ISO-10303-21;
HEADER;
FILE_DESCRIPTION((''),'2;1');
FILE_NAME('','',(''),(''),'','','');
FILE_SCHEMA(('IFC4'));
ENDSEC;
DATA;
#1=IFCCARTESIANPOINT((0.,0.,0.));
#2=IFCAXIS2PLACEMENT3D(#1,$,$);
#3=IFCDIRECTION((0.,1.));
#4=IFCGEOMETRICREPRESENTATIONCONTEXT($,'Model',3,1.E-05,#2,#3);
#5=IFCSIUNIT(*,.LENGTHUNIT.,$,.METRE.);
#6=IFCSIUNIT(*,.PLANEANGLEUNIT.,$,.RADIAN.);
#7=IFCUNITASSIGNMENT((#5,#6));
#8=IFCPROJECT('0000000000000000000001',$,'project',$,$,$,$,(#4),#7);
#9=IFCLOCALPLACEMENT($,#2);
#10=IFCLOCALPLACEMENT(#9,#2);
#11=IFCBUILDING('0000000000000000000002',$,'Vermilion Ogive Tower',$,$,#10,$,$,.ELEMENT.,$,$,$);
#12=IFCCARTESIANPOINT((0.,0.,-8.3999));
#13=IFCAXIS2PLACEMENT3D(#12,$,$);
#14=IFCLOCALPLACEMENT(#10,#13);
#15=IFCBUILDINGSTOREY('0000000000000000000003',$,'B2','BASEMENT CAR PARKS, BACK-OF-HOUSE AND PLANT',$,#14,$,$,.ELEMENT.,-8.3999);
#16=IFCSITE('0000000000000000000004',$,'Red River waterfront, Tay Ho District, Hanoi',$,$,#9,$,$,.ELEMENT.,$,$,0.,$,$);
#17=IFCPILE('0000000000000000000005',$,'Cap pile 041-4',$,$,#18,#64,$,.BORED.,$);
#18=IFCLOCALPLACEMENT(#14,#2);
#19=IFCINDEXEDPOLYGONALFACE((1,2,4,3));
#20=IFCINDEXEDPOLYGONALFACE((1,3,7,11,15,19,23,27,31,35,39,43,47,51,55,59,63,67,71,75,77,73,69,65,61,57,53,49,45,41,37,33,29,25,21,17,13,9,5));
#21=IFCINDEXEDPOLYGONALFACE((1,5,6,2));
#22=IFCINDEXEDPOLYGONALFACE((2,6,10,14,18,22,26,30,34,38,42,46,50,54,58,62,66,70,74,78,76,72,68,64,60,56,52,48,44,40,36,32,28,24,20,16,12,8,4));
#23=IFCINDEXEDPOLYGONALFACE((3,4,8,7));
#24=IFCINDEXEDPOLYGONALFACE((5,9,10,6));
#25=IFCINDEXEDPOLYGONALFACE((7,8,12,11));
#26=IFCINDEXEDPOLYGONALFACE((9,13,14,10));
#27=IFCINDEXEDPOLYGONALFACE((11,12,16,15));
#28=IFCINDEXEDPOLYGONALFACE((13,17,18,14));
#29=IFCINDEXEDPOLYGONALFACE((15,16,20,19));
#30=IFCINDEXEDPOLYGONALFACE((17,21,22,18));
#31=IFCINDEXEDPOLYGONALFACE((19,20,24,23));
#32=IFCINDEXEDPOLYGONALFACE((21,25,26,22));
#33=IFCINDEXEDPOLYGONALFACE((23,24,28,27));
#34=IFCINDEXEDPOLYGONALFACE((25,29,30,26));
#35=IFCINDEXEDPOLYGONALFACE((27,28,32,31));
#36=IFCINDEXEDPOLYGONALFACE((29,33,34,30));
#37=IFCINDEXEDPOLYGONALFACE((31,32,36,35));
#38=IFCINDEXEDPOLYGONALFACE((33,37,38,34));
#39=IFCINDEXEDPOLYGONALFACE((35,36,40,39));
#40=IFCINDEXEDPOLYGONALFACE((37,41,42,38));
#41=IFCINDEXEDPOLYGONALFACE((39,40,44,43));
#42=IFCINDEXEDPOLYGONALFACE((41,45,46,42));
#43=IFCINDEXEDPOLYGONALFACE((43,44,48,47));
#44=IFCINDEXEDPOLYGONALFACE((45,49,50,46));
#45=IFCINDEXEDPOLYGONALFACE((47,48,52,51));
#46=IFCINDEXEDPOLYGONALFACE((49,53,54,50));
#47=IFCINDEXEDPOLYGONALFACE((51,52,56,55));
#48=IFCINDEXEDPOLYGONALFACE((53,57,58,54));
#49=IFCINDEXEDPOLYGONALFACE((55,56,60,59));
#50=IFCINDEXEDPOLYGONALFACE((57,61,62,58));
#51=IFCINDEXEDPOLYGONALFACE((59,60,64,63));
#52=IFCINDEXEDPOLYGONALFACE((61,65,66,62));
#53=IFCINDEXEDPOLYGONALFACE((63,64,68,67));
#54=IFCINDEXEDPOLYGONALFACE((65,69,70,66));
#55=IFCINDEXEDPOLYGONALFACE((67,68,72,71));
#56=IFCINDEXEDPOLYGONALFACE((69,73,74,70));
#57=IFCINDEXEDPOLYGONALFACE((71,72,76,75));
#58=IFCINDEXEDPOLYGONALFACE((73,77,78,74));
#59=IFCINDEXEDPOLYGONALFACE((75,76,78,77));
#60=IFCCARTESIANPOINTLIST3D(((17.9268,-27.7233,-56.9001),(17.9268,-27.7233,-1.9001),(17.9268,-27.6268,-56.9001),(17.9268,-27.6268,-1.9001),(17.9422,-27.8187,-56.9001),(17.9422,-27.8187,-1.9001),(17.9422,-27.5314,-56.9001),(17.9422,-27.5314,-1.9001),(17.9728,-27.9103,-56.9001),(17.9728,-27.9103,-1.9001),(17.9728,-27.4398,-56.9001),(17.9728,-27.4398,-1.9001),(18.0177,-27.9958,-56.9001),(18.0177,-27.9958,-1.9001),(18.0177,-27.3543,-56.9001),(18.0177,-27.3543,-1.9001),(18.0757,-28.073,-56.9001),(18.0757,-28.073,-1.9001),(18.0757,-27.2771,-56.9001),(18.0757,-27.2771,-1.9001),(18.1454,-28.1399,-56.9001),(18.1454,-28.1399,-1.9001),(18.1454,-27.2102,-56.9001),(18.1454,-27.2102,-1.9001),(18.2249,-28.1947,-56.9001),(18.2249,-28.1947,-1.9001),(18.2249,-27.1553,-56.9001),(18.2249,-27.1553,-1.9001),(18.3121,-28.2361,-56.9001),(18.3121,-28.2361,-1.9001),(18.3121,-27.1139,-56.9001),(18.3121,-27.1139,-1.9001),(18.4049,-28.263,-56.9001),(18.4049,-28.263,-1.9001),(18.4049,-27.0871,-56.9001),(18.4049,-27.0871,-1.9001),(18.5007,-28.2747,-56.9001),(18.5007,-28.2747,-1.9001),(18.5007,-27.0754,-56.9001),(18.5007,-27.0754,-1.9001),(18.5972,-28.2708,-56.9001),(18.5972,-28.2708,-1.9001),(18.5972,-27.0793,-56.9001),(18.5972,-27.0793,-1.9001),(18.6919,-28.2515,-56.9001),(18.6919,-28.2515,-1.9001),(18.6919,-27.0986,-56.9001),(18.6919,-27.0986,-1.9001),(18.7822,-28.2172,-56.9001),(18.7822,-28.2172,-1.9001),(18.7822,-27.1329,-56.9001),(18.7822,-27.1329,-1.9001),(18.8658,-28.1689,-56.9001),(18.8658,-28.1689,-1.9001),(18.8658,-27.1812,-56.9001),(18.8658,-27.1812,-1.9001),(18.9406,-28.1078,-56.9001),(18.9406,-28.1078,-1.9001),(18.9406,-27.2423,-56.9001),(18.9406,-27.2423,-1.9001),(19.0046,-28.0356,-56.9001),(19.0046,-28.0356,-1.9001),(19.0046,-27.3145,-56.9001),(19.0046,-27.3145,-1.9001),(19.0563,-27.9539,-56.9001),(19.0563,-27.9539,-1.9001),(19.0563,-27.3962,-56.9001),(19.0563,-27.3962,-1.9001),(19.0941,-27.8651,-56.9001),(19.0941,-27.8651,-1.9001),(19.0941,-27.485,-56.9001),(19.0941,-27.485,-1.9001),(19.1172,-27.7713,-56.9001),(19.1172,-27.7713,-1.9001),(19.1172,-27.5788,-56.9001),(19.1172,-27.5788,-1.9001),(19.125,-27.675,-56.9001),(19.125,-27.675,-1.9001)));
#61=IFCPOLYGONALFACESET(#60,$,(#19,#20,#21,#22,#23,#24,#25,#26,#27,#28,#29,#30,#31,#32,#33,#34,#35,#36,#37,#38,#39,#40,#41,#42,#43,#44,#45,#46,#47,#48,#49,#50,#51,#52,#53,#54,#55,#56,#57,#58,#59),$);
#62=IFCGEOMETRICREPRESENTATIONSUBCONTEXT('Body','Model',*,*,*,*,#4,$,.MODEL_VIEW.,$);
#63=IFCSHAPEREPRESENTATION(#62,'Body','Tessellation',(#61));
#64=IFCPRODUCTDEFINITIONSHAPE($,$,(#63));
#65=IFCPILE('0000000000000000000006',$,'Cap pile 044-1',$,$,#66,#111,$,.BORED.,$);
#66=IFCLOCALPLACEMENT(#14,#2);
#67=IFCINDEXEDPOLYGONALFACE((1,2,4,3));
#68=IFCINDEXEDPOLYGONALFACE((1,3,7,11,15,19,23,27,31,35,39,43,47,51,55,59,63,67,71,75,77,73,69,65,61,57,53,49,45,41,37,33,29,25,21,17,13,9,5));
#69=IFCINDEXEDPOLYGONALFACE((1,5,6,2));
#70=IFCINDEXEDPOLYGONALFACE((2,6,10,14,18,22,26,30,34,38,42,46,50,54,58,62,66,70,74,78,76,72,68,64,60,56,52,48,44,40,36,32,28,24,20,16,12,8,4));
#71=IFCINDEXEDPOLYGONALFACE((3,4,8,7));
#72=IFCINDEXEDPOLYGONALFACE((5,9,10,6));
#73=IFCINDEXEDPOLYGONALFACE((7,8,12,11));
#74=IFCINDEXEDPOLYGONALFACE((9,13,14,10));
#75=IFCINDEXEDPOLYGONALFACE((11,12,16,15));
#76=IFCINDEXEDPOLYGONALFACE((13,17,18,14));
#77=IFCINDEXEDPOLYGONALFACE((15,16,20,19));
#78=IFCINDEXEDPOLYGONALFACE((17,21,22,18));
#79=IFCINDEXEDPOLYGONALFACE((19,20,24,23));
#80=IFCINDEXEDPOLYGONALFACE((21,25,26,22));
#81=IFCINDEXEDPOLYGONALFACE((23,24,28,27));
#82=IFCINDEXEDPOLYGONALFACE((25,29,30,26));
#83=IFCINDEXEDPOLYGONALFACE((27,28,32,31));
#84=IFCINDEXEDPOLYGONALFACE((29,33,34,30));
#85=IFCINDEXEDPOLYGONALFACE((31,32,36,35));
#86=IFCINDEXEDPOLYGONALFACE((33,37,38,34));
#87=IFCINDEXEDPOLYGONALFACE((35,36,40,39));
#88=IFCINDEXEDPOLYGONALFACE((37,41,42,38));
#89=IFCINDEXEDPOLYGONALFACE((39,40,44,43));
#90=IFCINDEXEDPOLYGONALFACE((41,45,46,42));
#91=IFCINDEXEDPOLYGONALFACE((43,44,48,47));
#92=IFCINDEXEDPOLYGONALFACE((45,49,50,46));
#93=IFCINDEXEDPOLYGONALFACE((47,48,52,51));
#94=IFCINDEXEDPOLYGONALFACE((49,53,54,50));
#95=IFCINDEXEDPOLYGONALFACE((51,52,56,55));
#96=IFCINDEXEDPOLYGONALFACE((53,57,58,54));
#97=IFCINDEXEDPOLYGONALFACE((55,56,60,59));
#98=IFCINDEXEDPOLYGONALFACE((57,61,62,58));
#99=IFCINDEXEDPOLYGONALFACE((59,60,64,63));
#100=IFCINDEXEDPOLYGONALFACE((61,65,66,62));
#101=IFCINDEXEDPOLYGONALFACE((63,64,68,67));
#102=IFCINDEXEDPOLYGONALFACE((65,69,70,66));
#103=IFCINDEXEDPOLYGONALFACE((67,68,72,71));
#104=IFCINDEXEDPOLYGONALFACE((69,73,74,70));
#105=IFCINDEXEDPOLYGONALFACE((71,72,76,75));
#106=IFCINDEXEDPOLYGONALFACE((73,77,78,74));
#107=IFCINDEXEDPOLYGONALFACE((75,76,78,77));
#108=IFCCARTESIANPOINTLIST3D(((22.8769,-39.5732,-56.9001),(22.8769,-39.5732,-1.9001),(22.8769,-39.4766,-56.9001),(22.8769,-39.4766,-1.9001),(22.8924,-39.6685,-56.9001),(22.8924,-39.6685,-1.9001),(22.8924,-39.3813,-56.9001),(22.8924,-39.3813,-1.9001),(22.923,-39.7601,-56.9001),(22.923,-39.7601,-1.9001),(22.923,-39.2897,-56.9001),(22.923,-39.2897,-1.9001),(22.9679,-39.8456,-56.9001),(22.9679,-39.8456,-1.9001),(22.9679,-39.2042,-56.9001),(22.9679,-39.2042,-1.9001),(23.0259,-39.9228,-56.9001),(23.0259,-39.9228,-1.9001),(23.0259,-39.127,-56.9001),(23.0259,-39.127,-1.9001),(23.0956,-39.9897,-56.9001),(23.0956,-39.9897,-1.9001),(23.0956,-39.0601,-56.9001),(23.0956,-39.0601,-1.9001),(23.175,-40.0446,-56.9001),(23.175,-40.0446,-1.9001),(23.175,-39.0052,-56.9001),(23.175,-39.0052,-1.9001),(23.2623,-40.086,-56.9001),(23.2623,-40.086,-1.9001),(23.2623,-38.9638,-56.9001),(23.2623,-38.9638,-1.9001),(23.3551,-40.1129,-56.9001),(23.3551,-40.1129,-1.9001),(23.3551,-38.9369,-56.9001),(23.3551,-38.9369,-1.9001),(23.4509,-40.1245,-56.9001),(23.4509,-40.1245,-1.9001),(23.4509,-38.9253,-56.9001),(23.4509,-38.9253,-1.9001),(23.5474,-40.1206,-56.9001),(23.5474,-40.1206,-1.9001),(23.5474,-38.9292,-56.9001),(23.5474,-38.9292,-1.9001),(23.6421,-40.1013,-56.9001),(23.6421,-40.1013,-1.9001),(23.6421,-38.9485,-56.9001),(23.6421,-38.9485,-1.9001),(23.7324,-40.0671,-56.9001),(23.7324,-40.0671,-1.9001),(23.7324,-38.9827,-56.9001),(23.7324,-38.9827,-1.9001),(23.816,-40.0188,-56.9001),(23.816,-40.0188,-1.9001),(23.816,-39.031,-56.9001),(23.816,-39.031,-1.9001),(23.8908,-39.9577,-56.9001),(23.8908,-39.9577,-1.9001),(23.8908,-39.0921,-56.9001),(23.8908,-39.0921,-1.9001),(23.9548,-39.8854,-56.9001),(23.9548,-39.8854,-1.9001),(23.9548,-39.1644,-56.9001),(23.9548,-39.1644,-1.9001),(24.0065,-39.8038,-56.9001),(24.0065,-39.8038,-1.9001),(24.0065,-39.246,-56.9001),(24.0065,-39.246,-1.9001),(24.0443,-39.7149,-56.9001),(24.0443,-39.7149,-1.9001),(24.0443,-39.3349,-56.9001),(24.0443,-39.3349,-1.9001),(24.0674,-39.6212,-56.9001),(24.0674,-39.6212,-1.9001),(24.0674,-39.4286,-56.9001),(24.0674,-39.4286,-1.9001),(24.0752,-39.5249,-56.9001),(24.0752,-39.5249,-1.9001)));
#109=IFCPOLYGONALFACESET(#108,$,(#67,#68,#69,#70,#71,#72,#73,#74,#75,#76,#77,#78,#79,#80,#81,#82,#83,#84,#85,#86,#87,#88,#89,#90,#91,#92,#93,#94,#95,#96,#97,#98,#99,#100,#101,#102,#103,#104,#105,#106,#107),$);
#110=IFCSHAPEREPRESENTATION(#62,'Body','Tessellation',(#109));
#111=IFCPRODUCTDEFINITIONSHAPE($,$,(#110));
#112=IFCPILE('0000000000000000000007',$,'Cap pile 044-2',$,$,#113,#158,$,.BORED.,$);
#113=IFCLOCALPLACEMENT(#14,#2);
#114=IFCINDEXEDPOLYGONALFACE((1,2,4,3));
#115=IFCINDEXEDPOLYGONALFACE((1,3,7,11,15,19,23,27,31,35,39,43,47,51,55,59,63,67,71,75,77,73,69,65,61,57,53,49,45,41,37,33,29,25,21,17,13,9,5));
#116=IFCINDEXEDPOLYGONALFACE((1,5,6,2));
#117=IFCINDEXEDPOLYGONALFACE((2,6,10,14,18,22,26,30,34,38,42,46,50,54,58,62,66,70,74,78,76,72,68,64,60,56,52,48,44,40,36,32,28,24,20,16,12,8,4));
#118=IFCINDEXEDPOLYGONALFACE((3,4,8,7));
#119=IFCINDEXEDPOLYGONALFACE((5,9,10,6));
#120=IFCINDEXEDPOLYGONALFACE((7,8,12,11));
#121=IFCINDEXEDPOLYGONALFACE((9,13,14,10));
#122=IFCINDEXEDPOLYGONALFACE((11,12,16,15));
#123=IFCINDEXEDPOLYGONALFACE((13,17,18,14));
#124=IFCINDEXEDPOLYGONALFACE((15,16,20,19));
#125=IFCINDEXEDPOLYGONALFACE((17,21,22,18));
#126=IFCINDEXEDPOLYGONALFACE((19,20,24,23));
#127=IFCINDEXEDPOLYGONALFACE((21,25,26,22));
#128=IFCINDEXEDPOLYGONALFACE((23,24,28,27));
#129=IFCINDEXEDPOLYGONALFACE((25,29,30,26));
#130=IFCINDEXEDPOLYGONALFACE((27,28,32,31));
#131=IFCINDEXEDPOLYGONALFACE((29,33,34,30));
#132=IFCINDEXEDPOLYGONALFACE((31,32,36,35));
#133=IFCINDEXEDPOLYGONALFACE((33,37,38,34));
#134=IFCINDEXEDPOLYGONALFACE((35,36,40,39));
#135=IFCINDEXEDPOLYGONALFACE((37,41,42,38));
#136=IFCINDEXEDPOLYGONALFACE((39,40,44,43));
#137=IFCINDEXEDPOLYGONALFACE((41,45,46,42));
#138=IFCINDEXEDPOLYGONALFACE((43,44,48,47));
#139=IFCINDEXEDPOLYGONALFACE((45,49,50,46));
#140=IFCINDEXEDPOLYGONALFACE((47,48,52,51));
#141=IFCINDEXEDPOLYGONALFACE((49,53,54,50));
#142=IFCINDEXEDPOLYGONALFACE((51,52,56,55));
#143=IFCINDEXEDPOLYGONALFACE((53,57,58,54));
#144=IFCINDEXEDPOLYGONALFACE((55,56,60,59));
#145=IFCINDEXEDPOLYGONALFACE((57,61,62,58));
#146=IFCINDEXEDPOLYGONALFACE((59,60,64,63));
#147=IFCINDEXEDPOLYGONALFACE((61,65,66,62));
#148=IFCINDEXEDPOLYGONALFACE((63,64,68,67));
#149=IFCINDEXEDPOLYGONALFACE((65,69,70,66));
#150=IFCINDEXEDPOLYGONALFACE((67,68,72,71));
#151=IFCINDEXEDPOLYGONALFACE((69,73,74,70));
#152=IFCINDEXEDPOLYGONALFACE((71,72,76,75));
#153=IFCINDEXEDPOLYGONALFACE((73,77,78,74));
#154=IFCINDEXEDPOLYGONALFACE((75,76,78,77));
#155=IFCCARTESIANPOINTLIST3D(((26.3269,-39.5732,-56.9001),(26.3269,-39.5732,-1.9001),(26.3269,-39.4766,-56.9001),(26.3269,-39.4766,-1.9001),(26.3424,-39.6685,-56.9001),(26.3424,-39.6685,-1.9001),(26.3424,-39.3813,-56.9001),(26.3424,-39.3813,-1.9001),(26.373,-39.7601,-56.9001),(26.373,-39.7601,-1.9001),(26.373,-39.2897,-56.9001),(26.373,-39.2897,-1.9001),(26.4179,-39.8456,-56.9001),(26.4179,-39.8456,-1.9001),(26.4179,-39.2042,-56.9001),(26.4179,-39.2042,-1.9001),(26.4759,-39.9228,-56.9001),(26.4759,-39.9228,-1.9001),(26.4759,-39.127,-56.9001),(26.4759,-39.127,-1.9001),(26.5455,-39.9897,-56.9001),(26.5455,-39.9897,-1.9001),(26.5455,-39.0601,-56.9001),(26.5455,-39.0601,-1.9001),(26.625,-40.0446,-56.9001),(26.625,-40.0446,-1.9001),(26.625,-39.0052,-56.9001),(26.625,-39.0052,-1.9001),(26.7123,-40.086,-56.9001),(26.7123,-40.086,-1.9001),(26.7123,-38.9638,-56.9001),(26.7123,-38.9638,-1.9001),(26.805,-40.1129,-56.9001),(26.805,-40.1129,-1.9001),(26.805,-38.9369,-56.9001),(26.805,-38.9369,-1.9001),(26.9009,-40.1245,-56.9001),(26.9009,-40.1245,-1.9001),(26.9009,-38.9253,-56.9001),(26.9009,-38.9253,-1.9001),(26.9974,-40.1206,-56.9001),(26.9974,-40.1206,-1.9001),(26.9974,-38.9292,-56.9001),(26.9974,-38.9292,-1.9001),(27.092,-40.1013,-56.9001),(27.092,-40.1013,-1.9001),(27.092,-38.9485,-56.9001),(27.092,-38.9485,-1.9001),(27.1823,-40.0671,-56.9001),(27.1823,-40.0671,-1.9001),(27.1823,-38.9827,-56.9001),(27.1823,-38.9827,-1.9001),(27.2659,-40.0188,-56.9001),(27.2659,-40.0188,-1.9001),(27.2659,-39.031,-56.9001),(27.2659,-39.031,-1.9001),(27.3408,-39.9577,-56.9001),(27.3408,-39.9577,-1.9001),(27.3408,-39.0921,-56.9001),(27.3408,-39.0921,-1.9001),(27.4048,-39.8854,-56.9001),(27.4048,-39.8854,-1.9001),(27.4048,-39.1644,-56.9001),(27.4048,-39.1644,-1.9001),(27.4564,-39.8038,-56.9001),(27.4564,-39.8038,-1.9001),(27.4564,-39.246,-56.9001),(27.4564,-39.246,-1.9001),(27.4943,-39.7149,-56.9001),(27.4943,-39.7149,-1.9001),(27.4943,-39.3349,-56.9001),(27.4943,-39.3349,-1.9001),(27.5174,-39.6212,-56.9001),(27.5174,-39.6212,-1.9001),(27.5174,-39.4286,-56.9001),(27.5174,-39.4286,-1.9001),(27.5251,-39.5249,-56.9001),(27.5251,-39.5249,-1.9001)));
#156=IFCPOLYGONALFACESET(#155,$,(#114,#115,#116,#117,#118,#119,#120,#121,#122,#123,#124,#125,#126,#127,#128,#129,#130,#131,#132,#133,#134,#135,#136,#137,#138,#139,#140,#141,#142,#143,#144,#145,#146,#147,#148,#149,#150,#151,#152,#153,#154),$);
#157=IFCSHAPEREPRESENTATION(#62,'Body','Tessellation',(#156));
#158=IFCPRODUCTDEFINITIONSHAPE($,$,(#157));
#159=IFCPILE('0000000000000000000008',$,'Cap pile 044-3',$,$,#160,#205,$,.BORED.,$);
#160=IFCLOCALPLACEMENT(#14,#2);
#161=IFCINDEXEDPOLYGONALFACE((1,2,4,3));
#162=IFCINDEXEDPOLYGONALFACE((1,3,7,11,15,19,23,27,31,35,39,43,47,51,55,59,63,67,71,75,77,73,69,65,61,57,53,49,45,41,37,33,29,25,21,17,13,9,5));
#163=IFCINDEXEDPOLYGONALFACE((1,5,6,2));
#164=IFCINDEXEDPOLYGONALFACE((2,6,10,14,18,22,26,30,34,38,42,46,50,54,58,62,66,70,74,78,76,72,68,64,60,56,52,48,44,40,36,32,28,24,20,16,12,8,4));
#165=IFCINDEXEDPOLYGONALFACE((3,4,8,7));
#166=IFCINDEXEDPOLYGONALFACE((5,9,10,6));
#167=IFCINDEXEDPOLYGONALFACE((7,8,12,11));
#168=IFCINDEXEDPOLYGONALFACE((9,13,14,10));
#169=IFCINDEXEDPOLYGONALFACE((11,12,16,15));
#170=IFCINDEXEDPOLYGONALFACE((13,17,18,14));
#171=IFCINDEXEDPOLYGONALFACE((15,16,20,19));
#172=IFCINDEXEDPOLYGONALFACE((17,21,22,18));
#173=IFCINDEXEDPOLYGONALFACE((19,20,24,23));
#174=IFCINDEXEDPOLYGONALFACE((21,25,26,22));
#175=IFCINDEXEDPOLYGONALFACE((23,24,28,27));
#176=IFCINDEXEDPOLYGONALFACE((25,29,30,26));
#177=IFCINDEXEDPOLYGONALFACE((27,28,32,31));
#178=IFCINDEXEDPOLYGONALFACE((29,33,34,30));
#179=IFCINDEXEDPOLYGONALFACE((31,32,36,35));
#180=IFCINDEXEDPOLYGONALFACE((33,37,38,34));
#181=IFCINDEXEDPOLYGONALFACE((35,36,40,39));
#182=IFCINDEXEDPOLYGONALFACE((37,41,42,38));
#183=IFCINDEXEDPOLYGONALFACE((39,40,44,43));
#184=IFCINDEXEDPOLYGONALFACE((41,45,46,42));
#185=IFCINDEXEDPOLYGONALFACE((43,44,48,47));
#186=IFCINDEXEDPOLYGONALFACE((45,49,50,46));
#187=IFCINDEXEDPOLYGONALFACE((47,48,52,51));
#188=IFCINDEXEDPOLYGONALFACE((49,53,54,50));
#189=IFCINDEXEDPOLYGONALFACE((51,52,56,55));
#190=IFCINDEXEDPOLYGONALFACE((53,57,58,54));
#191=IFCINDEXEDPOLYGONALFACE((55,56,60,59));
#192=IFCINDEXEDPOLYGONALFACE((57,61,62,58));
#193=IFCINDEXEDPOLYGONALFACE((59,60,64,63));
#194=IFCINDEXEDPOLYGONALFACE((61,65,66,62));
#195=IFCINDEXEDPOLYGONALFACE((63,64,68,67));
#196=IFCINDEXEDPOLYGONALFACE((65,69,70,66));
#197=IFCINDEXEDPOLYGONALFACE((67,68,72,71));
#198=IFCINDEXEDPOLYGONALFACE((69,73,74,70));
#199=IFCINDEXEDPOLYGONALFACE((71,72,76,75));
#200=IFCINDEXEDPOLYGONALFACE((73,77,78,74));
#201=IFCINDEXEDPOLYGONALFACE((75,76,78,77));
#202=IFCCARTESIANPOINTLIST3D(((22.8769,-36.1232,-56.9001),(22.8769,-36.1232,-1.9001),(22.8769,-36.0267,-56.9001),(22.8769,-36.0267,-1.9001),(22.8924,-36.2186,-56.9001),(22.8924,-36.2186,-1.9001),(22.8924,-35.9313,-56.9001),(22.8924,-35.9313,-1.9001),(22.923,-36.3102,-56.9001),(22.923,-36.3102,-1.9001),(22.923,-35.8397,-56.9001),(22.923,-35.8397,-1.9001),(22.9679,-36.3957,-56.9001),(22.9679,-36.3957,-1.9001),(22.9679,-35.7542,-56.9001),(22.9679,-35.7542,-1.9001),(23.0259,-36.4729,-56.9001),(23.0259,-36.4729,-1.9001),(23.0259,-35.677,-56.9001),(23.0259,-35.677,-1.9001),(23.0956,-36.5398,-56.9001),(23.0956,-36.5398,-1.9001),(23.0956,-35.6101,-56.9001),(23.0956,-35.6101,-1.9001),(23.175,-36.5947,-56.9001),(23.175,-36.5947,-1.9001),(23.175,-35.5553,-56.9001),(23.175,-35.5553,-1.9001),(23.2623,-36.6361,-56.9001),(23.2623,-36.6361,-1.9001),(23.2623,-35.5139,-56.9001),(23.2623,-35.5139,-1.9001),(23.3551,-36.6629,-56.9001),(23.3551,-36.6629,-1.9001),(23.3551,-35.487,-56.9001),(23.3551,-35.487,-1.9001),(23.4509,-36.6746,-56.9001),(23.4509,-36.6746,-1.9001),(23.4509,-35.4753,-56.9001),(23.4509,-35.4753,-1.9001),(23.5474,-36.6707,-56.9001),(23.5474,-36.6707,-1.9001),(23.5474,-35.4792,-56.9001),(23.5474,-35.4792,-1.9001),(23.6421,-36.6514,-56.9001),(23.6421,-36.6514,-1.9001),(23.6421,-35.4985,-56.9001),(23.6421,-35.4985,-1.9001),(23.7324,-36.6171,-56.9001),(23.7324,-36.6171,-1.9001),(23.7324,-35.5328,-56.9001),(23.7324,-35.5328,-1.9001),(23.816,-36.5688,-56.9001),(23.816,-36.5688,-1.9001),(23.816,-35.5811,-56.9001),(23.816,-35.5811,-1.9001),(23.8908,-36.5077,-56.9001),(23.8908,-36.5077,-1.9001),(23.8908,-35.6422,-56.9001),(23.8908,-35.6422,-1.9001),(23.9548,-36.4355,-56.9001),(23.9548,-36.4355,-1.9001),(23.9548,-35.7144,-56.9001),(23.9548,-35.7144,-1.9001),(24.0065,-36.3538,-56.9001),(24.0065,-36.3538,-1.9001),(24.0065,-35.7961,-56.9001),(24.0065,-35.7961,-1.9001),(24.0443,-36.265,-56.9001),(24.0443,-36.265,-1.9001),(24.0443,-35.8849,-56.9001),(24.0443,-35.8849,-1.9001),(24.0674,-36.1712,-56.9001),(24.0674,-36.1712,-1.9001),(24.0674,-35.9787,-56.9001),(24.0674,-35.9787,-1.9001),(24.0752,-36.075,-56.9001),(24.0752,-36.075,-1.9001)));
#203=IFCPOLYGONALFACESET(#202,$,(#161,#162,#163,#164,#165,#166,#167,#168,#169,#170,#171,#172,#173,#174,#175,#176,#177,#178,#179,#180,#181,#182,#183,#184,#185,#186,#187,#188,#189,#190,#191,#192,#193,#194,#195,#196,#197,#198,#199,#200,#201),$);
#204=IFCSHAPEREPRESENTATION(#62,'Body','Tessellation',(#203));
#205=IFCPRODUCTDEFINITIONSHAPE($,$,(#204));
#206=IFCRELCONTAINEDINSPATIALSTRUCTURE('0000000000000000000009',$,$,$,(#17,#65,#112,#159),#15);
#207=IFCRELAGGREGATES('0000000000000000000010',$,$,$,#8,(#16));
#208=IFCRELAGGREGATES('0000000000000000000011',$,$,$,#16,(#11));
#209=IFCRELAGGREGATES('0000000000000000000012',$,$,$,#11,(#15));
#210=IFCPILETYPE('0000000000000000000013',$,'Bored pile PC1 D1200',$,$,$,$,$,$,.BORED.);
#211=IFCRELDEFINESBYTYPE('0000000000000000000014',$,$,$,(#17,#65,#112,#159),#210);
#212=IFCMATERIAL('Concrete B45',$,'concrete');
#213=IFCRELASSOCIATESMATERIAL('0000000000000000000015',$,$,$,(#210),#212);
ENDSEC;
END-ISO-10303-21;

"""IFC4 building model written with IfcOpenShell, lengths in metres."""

from ifc_helpers import new_model, si_unit, direction, frame, origin, origin_2d, place, context, subcontext, project, spatial, circle, extrude, material, type_object, element, save


model = new_model("IFC4")

# Units and contexts
model_context = context("Model", 3, precision=1e-05, world=origin(), true_north=direction((0.0, 1.0)))
body_context = subcontext(model_context, "Body", "Model", "MODEL_VIEW")
ifc_project = project(units=[si_unit("LENGTHUNIT", "METRE"), si_unit("PLANEANGLEUNIT", "RADIAN")], contexts=[model_context])

# Site, building, storey
site_placement = place(None, origin())
site = spatial("IfcSite", under=ifc_project, at=site_placement, Name="Red River waterfront, Tay Ho District, Hanoi", CompositionType="ELEMENT", RefElevation=0.0)
building_placement = place(site_placement, origin())
building = spatial("IfcBuilding", under=site, at=building_placement, Name="Vermilion Ogive Tower", CompositionType="ELEMENT")
storey_placement = place(building_placement, frame((0.0, 0.0, -8.3999)))
storey = spatial("IfcBuildingStorey", under=building, at=storey_placement, Name="B2", Description="BASEMENT CAR PARKS, BACK-OF-HOUSE AND PLANT", CompositionType="ELEMENT", Elevation=-8.3999)

# Piles
ifc_material_1 = material(Name="Concrete B45", Category="concrete")
pile_type_1 = type_object("IfcPileType", Name="Bored pile PC1 D1200", PredefinedType="BORED", material=ifc_material_1)
for number, where, z_axis, x_axis, name in (
    (1, (18.5249, -27.675, -1.9001), (0.0, 0.0, -1.0), (1.0, 0.0, 0.0), "Cap pile 041-4"),
    (2, (23.4751, -39.5249, -1.9001), (0.0, 0.0, -1.0), (1.0, 0.0, 0.0), "Cap pile 044-1"),
    (3, (26.925, -39.5249, -1.9001), (0.0, 0.0, -1.0), (1.0, 0.0, 0.0), "Cap pile 044-2"),
    (4, (23.4751, -36.075, -1.9001), (0.0, 0.0, -1.0), (1.0, 0.0, 0.0), "Cap pile 044-3"),
):
    element("IfcPile", number, at=place(storey_placement, frame(where, z_axis=z_axis, x_axis=x_axis)), inside=storey, type_object=pile_type_1, Name=name, PredefinedType="BORED", context=body_context, shape_type="SweptSolid", body=[
        extrude(circle(Radius=0.6001, at=origin_2d()), origin(), (0.0, 0.0, 1.0), 55.0),
    ])

save(model, "model.ifc")
